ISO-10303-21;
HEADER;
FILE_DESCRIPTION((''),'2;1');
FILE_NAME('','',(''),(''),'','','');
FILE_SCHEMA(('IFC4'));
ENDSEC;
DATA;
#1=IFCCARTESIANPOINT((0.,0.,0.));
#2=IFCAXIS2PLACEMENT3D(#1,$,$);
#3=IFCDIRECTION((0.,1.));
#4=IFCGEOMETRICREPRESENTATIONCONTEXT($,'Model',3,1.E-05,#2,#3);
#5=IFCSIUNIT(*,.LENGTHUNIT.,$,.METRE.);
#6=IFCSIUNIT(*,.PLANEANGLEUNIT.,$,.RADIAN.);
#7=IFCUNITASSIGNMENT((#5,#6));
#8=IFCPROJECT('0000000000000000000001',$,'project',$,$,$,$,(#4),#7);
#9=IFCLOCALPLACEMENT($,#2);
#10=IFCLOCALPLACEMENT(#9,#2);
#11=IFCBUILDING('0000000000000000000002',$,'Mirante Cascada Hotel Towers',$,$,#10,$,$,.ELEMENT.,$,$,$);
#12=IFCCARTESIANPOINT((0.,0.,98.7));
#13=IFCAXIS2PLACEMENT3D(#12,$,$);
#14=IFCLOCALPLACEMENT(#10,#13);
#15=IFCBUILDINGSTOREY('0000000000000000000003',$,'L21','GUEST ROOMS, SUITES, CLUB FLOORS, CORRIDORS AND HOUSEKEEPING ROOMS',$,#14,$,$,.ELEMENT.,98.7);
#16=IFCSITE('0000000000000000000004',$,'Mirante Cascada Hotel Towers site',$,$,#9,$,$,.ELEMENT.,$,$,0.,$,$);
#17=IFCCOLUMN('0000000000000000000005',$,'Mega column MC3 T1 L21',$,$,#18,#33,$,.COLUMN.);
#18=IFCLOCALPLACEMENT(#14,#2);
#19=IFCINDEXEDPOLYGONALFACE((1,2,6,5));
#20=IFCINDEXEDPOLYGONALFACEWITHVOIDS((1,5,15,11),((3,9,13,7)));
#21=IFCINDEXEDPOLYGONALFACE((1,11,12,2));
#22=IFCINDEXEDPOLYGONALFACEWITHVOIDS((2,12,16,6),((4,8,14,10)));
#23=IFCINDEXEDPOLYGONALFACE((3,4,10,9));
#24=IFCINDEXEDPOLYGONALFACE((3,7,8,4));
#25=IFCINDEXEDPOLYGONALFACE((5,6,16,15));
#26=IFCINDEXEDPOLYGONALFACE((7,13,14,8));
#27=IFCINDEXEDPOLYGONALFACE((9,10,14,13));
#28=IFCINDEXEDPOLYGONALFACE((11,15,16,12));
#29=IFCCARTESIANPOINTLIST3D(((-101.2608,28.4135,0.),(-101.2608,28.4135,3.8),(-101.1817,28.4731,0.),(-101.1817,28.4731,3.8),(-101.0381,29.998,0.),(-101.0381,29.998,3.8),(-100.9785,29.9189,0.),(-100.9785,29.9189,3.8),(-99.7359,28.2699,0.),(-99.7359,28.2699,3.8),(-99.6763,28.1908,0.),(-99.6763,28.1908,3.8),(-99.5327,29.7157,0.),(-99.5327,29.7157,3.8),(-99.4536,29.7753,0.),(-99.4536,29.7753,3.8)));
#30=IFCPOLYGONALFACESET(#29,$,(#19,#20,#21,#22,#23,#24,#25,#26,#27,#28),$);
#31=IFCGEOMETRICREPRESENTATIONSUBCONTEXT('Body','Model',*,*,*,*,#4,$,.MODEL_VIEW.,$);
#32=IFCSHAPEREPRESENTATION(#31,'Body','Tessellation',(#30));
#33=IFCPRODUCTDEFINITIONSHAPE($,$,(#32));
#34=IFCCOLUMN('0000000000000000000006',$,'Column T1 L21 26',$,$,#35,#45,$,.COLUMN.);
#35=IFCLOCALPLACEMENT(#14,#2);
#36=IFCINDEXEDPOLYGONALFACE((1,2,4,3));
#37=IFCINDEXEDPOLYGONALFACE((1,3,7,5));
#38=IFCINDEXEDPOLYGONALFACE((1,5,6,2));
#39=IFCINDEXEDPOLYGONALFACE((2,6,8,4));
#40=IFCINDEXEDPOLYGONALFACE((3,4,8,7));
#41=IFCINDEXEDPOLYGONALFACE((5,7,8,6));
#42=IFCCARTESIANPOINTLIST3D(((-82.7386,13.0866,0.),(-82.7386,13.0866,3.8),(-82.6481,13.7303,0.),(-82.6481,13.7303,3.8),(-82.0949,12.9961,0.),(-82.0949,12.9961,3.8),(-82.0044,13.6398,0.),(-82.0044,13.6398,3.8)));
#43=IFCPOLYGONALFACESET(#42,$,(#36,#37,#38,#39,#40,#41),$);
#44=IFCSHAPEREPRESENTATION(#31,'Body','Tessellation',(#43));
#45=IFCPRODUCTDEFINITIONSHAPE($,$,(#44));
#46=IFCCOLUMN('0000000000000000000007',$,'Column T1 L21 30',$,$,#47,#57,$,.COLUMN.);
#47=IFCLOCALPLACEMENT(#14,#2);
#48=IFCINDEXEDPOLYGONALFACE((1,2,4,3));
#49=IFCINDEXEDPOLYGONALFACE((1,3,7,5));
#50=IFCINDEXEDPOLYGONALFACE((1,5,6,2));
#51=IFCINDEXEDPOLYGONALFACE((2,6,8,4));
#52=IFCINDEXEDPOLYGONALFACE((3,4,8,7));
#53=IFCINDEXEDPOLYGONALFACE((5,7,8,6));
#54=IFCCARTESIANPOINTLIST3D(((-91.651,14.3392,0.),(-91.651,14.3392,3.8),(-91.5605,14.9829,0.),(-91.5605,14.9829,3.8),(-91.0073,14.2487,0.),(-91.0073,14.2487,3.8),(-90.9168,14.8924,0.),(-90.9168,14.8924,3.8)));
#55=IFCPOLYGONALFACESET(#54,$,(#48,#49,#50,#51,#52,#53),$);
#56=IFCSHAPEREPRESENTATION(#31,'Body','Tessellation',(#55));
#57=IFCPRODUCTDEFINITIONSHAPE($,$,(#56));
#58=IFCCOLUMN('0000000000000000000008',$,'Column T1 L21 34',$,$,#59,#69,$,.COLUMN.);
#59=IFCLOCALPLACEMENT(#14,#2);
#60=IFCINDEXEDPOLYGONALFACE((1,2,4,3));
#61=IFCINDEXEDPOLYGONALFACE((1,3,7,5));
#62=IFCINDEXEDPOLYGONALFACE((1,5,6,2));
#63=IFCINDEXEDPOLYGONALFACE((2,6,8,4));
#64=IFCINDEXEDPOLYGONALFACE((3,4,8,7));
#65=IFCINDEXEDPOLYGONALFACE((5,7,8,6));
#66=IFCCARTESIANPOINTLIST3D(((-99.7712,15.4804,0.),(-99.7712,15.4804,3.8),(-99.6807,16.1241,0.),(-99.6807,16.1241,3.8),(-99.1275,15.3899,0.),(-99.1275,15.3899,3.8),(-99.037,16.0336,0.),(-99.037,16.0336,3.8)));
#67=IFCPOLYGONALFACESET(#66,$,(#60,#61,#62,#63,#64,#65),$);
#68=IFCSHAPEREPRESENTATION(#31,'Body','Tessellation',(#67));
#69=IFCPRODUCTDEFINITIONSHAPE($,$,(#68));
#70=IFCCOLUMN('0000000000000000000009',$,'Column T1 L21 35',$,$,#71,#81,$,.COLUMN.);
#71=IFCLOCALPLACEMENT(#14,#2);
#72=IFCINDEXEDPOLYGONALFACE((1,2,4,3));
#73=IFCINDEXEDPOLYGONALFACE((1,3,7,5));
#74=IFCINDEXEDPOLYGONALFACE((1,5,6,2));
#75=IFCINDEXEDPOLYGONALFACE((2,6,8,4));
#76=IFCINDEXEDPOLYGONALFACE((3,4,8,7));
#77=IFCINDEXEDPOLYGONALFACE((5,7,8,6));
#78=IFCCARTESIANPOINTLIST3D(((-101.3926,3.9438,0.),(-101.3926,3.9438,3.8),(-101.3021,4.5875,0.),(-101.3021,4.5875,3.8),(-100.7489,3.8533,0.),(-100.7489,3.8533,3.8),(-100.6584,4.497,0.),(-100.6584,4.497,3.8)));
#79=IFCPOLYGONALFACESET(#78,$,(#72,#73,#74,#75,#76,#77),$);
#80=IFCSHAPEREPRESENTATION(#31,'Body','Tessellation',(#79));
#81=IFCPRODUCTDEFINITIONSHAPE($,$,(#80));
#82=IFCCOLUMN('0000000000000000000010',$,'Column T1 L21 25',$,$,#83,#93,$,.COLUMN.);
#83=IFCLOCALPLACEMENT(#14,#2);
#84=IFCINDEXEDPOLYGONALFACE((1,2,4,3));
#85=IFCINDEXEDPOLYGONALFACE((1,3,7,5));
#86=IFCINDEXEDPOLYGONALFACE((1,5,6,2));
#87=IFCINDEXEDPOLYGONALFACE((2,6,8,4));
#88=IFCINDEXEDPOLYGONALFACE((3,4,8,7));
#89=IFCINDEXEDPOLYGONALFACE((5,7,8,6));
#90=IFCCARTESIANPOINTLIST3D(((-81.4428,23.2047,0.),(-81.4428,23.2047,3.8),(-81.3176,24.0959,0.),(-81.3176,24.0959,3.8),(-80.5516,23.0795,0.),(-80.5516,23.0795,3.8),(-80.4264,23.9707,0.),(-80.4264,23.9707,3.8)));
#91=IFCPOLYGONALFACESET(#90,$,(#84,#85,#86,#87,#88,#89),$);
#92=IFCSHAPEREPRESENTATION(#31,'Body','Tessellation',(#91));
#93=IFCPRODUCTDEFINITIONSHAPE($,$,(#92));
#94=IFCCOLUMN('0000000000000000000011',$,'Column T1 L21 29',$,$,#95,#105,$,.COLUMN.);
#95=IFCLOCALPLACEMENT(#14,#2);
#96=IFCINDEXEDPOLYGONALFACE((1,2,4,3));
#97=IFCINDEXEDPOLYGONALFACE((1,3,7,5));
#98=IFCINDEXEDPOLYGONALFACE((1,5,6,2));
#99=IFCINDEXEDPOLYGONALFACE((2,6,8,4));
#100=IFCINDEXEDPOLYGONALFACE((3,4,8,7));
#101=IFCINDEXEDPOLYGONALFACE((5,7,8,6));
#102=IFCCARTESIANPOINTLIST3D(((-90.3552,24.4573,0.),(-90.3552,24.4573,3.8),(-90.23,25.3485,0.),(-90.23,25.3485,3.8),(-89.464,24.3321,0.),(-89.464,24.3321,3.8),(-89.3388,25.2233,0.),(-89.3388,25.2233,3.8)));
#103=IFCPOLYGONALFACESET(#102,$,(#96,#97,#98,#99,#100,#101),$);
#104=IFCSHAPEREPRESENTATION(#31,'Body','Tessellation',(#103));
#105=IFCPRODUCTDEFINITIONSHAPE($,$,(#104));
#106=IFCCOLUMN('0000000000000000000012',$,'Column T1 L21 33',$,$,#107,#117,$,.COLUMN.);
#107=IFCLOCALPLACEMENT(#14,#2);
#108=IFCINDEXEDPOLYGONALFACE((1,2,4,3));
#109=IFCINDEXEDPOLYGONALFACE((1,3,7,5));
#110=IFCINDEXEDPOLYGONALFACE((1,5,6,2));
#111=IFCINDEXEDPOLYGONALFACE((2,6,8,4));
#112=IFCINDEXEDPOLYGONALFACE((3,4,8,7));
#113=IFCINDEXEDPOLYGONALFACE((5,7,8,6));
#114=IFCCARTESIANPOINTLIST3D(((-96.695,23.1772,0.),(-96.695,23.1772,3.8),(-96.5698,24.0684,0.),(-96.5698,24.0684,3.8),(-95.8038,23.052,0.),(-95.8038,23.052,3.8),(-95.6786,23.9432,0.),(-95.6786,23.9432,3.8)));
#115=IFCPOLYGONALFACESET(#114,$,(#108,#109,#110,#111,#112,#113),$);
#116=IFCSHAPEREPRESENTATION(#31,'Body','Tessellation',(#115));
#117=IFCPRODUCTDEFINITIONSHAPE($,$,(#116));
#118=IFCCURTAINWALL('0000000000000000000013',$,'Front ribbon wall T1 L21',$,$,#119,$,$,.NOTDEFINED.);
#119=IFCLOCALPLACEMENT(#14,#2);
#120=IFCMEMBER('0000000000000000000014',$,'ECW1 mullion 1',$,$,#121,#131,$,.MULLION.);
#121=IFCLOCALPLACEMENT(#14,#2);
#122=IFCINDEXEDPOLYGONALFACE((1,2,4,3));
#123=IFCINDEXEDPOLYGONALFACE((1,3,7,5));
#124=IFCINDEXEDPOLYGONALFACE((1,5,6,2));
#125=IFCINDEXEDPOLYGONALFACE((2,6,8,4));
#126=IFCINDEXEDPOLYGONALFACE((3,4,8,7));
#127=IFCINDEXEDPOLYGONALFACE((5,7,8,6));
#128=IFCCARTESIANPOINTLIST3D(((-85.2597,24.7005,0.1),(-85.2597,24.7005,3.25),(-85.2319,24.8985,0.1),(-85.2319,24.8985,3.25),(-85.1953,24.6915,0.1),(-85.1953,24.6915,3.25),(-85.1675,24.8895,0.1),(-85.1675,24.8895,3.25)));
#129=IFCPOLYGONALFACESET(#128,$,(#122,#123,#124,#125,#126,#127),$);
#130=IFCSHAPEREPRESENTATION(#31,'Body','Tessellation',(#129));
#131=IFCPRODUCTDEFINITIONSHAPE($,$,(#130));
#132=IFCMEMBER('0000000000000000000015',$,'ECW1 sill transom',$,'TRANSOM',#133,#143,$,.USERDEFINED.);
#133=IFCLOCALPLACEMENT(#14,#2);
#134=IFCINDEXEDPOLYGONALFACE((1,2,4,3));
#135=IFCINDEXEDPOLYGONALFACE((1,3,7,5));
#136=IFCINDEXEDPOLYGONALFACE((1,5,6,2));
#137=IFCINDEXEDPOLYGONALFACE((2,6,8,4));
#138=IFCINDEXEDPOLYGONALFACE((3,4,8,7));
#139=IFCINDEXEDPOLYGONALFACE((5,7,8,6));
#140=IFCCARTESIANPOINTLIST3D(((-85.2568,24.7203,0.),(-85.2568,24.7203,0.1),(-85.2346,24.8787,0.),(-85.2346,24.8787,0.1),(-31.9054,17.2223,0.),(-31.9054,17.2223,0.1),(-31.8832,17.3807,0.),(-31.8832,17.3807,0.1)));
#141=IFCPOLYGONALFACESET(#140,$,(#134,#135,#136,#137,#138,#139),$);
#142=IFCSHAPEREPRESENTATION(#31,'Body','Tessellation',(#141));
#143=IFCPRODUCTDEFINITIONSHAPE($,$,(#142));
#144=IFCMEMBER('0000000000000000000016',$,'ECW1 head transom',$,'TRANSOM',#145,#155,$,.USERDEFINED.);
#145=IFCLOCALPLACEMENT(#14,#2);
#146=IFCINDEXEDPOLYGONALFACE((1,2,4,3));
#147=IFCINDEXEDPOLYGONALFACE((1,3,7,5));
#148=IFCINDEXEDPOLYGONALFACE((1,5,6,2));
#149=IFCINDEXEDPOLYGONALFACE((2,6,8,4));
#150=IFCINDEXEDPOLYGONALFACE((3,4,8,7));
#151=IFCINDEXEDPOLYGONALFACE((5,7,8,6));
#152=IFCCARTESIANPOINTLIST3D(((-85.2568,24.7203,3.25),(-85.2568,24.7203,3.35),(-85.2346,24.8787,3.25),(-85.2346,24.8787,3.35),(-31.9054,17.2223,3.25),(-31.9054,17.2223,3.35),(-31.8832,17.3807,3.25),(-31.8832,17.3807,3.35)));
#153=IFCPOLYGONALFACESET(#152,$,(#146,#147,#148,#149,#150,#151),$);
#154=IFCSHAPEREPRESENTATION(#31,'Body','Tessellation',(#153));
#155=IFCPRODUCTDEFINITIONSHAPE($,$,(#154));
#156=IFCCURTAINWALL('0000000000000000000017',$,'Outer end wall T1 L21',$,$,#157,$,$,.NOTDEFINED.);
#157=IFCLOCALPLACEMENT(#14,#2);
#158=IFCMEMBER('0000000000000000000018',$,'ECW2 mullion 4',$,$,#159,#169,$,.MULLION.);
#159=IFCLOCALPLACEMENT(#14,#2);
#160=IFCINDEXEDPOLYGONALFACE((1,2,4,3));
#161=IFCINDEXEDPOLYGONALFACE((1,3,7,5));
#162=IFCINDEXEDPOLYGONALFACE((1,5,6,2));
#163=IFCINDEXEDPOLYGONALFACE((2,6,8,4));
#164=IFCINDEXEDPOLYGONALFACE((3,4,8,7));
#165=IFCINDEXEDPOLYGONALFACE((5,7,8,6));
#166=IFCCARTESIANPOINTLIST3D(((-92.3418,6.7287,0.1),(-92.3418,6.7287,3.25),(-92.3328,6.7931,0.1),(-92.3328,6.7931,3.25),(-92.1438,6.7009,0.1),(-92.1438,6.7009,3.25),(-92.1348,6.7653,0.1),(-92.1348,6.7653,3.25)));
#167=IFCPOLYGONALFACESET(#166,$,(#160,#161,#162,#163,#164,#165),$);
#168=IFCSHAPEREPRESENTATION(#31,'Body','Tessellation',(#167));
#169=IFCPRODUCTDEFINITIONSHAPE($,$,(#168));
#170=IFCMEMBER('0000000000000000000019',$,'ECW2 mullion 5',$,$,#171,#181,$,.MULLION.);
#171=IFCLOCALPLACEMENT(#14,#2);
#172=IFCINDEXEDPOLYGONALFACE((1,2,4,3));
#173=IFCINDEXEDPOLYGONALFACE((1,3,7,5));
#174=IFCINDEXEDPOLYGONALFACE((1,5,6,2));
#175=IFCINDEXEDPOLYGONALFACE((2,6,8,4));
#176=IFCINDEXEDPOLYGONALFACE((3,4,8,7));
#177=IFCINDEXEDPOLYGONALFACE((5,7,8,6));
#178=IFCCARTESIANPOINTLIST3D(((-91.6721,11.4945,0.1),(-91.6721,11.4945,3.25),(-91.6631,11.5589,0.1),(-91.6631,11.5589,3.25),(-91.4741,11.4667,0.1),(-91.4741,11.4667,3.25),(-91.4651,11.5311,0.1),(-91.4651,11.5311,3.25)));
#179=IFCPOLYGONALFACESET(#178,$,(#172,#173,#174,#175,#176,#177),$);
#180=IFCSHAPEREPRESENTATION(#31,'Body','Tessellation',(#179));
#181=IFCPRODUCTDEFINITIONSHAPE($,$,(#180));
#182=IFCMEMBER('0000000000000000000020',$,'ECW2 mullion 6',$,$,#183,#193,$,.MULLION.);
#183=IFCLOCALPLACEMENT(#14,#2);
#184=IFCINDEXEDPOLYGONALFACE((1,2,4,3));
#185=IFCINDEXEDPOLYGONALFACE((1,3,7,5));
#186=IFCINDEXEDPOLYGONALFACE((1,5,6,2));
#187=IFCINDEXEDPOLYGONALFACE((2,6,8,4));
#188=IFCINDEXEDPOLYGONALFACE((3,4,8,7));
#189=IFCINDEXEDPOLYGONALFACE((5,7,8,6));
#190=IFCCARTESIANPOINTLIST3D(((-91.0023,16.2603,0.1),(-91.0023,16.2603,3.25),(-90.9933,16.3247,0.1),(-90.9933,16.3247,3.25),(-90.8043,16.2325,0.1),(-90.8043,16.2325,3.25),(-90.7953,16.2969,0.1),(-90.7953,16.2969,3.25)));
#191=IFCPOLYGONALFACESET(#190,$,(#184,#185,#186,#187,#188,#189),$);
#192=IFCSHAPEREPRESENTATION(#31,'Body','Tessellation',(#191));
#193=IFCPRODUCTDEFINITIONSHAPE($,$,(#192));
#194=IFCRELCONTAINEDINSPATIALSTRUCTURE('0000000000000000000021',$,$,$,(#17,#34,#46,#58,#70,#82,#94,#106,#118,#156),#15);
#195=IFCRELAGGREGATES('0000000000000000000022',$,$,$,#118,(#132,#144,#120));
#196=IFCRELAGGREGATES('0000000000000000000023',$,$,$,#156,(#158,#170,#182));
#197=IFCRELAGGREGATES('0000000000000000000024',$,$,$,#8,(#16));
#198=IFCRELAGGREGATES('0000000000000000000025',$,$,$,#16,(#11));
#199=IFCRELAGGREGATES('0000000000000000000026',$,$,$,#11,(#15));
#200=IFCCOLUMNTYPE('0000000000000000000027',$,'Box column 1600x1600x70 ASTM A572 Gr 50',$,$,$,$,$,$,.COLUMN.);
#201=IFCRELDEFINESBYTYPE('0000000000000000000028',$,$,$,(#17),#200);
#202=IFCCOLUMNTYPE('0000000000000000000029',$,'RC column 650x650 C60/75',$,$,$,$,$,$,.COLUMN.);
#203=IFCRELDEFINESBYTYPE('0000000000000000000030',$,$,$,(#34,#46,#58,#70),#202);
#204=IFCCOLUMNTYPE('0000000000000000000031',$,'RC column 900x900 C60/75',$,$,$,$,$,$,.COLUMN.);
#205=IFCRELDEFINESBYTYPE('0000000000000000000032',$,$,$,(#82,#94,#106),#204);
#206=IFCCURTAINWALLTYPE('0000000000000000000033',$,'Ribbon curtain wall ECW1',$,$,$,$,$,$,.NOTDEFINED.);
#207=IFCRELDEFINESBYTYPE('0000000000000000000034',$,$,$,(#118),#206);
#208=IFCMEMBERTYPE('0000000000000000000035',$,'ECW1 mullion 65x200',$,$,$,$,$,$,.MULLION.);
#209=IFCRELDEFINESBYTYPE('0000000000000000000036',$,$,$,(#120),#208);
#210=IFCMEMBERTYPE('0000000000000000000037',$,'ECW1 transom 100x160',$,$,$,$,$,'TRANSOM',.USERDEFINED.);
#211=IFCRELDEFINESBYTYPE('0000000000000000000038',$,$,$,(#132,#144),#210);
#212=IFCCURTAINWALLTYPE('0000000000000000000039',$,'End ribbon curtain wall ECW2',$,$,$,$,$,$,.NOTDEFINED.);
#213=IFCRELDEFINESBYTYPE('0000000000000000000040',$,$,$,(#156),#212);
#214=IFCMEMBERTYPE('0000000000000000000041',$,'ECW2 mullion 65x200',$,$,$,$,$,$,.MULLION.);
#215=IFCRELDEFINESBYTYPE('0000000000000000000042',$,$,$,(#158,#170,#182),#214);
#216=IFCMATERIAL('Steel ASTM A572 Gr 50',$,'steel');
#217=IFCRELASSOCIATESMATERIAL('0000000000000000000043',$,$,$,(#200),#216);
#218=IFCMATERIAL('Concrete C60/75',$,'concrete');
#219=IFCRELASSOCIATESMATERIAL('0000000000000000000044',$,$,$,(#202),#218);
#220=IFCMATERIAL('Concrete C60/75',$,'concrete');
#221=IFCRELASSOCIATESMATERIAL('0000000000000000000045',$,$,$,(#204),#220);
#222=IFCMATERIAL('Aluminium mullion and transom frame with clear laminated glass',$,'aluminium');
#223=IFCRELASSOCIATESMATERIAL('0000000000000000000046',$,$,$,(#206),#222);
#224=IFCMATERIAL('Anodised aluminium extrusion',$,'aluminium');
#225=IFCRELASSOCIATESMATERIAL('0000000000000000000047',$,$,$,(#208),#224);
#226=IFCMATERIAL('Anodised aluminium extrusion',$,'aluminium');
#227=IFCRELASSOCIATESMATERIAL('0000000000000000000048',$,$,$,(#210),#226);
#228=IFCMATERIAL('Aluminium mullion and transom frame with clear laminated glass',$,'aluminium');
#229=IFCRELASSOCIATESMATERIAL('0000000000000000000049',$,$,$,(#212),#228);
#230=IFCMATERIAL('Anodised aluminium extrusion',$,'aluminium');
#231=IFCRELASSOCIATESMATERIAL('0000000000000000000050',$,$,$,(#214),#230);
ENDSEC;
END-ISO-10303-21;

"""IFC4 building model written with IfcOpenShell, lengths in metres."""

from ifc_helpers import new_model, si_unit, direction, frame, origin, origin_2d, place, context, subcontext, project, spatial, rectangle, hollow_rectangle, extrude, material, material_profile, profile_set, type_object, element, aggregate, save


model = new_model("IFC4")

# Units and contexts
model_context = context("Model", 3, precision=1e-05, world=origin(), true_north=direction((0.0, 1.0)))
body_context = subcontext(model_context, "Body", "Model", "MODEL_VIEW")
ifc_project = project(units=[si_unit("LENGTHUNIT", "METRE"), si_unit("PLANEANGLEUNIT", "RADIAN")], contexts=[model_context])

# Site, building, storey
site_placement = place(None, origin())
site = spatial("IfcSite", under=ifc_project, at=site_placement, Name="Mirante Cascada Hotel Towers site", CompositionType="ELEMENT", RefElevation=0.0)
building_placement = place(site_placement, origin())
building = spatial("IfcBuilding", under=site, at=building_placement, Name="Mirante Cascada Hotel Towers", CompositionType="ELEMENT")
storey_placement = place(building_placement, frame((0.0, 0.0, 98.7)))
storey = spatial("IfcBuildingStorey", under=building, at=storey_placement, Name="L21", Description="GUEST ROOMS, SUITES, CLUB FLOORS, CORRIDORS AND HOUSEKEEPING ROOMS", CompositionType="ELEMENT", Elevation=98.7)

# Columns
ifc_material_1 = material(Name="Steel ASTM A572 Gr 50", Category="steel")
ifc_material_profile_1 = material_profile(ifc_material_1, hollow_rectangle(XDim=1.6, YDim=1.6, WallThickness=0.07, at=origin_2d()), Name="Box column 1600x1600x70 ASTM A572 Gr 50")
ifc_profile_set_1 = profile_set([ifc_material_profile_1], Name="Steel ASTM A572 Gr 50")
column_type_1 = type_object("IfcColumnType", Name="Box column 1600x1600x70 ASTM A572 Gr 50", PredefinedType="COLUMN", material=ifc_profile_set_1)
column_placement = place(storey_placement, frame((-100.3572, 29.0944, 0.0), z_axis=(0.0, 0.0, 1.0), x_axis=(-0.990268, 0.139173, 0.0)))
element("IfcColumn", 1, at=column_placement, inside=storey, type_object=column_type_1, Name="Mega column MC3 T1 L21", PredefinedType="COLUMN", context=body_context, shape_type="SweptSolid", body=[
    extrude(hollow_rectangle(XDim=1.6, YDim=1.6, WallThickness=0.07, at=origin_2d()), origin(), (0.0, 0.0, 1.0), 3.8),
])
ifc_material_2 = material(Name="Concrete C60/75", Category="concrete")
ifc_material_profile_2 = material_profile(ifc_material_2, rectangle(XDim=0.65, YDim=0.65, at=origin_2d()), Name="RC column 650x650 C60/75")
ifc_profile_set_2 = profile_set([ifc_material_profile_2], Name="Concrete C60/75")
column_type_2 = type_object("IfcColumnType", Name="RC column 650x650 C60/75", PredefinedType="COLUMN", material=ifc_profile_set_2)
for number, where, z_axis, x_axis, name in (
    (2, (-82.3715, 13.3632, 0.0), (0.0, 0.0, 1.0), (-0.990268, 0.139173, 0.0), "Column T1 L21 26"),
    (3, (-91.2839, 14.6158, 0.0), (0.0, 0.0, 1.0), (-0.990268, 0.139173, 0.0), "Column T1 L21 30"),
    (4, (-99.4041, 15.757, 0.0), (0.0, 0.0, 1.0), (-0.990268, 0.139173, 0.0), "Column T1 L21 34"),
    (5, (-101.0255, 4.2204, 0.0), (0.0, 0.0, 1.0), (-0.990268, 0.139173, 0.0), "Column T1 L21 35"),
):
    element("IfcColumn", number, at=place(storey_placement, frame(where, z_axis=z_axis, x_axis=x_axis)), inside=storey, type_object=column_type_2, Name=name, PredefinedType="COLUMN", context=body_context, shape_type="SweptSolid", body=[
        extrude(rectangle(XDim=0.65, YDim=0.65, at=origin_2d()), origin(), (0.0, 0.0, 1.0), 3.8),
    ])
ifc_material_3 = material(Name="Concrete C60/75", Category="concrete")
ifc_material_profile_3 = material_profile(ifc_material_3, rectangle(XDim=0.9, YDim=0.9, at=origin_2d()), Name="RC column 900x900 C60/75")
ifc_profile_set_3 = profile_set([ifc_material_profile_3], Name="Concrete C60/75")
column_type_3 = type_object("IfcColumnType", Name="RC column 900x900 C60/75", PredefinedType="COLUMN", material=ifc_profile_set_3)
for number, where, z_axis, x_axis, name in (
    (6, (-80.9346, 23.5877, 0.0), (0.0, 0.0, 1.0), (-0.990268, 0.139173, 0.0), "Column T1 L21 25"),
    (7, (-89.847, 24.8403, 0.0), (0.0, 0.0, 1.0), (-0.990268, 0.139173, 0.0), "Column T1 L21 29"),
    (8, (-96.1868, 23.5602, 0.0), (0.0, 0.0, 1.0), (-0.990268, 0.139173, 0.0), "Column T1 L21 33"),
):
    element("IfcColumn", number, at=place(storey_placement, frame(where, z_axis=z_axis, x_axis=x_axis)), inside=storey, type_object=column_type_3, Name=name, PredefinedType="COLUMN", context=body_context, shape_type="SweptSolid", body=[
        extrude(rectangle(XDim=0.9, YDim=0.9, at=origin_2d()), origin(), (0.0, 0.0, 1.0), 3.8),
    ])

# Curtain walls, members
ifc_material_4 = material(Name="Aluminium mullion and transom frame with clear laminated glass", Category="aluminium")
curtain_wall_type_1 = type_object("IfcCurtainWallType", Name="Ribbon curtain wall ECW1", PredefinedType="NOTDEFINED", material=ifc_material_4)
curtain_wall_1_placement = place(storey_placement, origin())
curtain_wall_1 = element("IfcCurtainWall", 9, at=curtain_wall_1_placement, inside=storey, type_object=curtain_wall_type_1, Name="Front ribbon wall T1 L21", PredefinedType="NOTDEFINED")
ifc_material_5 = material(Name="Anodised aluminium extrusion", Category="aluminium")
ifc_material_profile_4 = material_profile(ifc_material_5, rectangle(XDim=0.2, YDim=0.065, at=origin_2d()), Name="ECW1 MULLION 65x200")
ifc_profile_set_4 = profile_set([ifc_material_profile_4], Name="Anodised aluminium extrusion")
member_type_1 = type_object("IfcMemberType", Name="ECW1 mullion 65x200", PredefinedType="MULLION", material=ifc_profile_set_4)
member_1_placement = place(storey_placement, frame((-85.2136, 24.795, 0.1), z_axis=(0.0, 0.0, 1.0), x_axis=(0.139173, 0.990268, 0.0)))
member_1 = element("IfcMember", 10, at=member_1_placement, type_object=member_type_1, Name="ECW1 mullion 1", PredefinedType="MULLION", context=body_context, shape_type="SweptSolid", body=[
    extrude(rectangle(XDim=0.2, YDim=0.065, at=origin_2d()), origin(), (0.0, 0.0, 1.0), 3.15),
])
ifc_material_6 = material(Name="Anodised aluminium extrusion", Category="aluminium")
ifc_material_profile_5 = material_profile(ifc_material_6, rectangle(XDim=0.16, YDim=0.1, at=origin_2d()), Name="ECW1 TRANSOM 100x160")
ifc_profile_set_5 = profile_set([ifc_material_profile_5], Name="Anodised aluminium extrusion")
member_type_2 = type_object("IfcMemberType", Name="ECW1 transom 100x160", ElementType="TRANSOM", PredefinedType="USERDEFINED", material=ifc_profile_set_5)
member_2_placement = place(storey_placement, frame((-85.2457, 24.7995, 0.05), z_axis=(0.990268, -0.139172, 0.0), x_axis=(0.139172, 0.990268, 0.0)))
member_2 = element("IfcMember", 11, at=member_2_placement, type_object=member_type_2, Name="ECW1 sill transom", ObjectType="TRANSOM", PredefinedType="USERDEFINED", context=body_context, shape_type="SweptSolid", body=[
    extrude(rectangle(XDim=0.16, YDim=0.1, at=origin_2d()), origin(), (0.0, 0.0, 1.0), 53.8757),
])
member_3_placement = place(storey_placement, frame((-85.2457, 24.7995, 3.3), z_axis=(0.990268, -0.139172, 0.0), x_axis=(0.139172, 0.990268, 0.0)))
member_3 = element("IfcMember", 12, at=member_3_placement, type_object=member_type_2, Name="ECW1 head transom", ObjectType="TRANSOM", PredefinedType="USERDEFINED", context=body_context, shape_type="SweptSolid", body=[
    extrude(rectangle(XDim=0.16, YDim=0.1, at=origin_2d()), origin(), (0.0, 0.0, 1.0), 53.8757),
])
ifc_material_7 = material(Name="Aluminium mullion and transom frame with clear laminated glass", Category="aluminium")
curtain_wall_type_2 = type_object("IfcCurtainWallType", Name="End ribbon curtain wall ECW2", PredefinedType="NOTDEFINED", material=ifc_material_7)
curtain_wall_2_placement = place(storey_placement, origin())
curtain_wall_2 = element("IfcCurtainWall", 13, at=curtain_wall_2_placement, inside=storey, type_object=curtain_wall_type_2, Name="Outer end wall T1 L21", PredefinedType="NOTDEFINED")
ifc_material_8 = material(Name="Anodised aluminium extrusion", Category="aluminium")
ifc_material_profile_6 = material_profile(ifc_material_8, rectangle(XDim=0.2, YDim=0.065, at=origin_2d()), Name="ECW2 MULLION 65x200")
ifc_profile_set_6 = profile_set([ifc_material_profile_6], Name="Anodised aluminium extrusion")
member_type_3 = type_object("IfcMemberType", Name="ECW2 mullion 65x200", PredefinedType="MULLION", material=ifc_profile_set_6)
member_4_placement = place(storey_placement, frame((-92.2383, 6.747, 0.1), z_axis=(0.0, 0.0, 1.0), x_axis=(-0.990268, 0.139173, 0.0)))
member_4 = element("IfcMember", 14, at=member_4_placement, type_object=member_type_3, Name="ECW2 mullion 4", PredefinedType="MULLION", context=body_context, shape_type="SweptSolid", body=[
    extrude(rectangle(XDim=0.2, YDim=0.065, at=origin_2d()), origin(), (0.0, 0.0, 1.0), 3.15),
])
member_5_placement = place(storey_placement, frame((-91.5686, 11.5128, 0.1), z_axis=(0.0, 0.0, 1.0), x_axis=(-0.990268, 0.139173, 0.0)))
member_5 = element("IfcMember", 15, at=member_5_placement, type_object=member_type_3, Name="ECW2 mullion 5", PredefinedType="MULLION", context=body_context, shape_type="SweptSolid", body=[
    extrude(rectangle(XDim=0.2, YDim=0.065, at=origin_2d()), origin(), (0.0, 0.0, 1.0), 3.15),
])
member_6_placement = place(storey_placement, frame((-90.8988, 16.2786, 0.1), z_axis=(0.0, 0.0, 1.0), x_axis=(-0.990268, 0.139173, 0.0)))
member_6 = element("IfcMember", 16, at=member_6_placement, type_object=member_type_3, Name="ECW2 mullion 6", PredefinedType="MULLION", context=body_context, shape_type="SweptSolid", body=[
    extrude(rectangle(XDim=0.2, YDim=0.065, at=origin_2d()), origin(), (0.0, 0.0, 1.0), 3.15),
])

aggregate(curtain_wall_1, [member_2, member_3, member_1])
aggregate(curtain_wall_2, [member_4, member_5, member_6])

save(model, "model.ifc")
